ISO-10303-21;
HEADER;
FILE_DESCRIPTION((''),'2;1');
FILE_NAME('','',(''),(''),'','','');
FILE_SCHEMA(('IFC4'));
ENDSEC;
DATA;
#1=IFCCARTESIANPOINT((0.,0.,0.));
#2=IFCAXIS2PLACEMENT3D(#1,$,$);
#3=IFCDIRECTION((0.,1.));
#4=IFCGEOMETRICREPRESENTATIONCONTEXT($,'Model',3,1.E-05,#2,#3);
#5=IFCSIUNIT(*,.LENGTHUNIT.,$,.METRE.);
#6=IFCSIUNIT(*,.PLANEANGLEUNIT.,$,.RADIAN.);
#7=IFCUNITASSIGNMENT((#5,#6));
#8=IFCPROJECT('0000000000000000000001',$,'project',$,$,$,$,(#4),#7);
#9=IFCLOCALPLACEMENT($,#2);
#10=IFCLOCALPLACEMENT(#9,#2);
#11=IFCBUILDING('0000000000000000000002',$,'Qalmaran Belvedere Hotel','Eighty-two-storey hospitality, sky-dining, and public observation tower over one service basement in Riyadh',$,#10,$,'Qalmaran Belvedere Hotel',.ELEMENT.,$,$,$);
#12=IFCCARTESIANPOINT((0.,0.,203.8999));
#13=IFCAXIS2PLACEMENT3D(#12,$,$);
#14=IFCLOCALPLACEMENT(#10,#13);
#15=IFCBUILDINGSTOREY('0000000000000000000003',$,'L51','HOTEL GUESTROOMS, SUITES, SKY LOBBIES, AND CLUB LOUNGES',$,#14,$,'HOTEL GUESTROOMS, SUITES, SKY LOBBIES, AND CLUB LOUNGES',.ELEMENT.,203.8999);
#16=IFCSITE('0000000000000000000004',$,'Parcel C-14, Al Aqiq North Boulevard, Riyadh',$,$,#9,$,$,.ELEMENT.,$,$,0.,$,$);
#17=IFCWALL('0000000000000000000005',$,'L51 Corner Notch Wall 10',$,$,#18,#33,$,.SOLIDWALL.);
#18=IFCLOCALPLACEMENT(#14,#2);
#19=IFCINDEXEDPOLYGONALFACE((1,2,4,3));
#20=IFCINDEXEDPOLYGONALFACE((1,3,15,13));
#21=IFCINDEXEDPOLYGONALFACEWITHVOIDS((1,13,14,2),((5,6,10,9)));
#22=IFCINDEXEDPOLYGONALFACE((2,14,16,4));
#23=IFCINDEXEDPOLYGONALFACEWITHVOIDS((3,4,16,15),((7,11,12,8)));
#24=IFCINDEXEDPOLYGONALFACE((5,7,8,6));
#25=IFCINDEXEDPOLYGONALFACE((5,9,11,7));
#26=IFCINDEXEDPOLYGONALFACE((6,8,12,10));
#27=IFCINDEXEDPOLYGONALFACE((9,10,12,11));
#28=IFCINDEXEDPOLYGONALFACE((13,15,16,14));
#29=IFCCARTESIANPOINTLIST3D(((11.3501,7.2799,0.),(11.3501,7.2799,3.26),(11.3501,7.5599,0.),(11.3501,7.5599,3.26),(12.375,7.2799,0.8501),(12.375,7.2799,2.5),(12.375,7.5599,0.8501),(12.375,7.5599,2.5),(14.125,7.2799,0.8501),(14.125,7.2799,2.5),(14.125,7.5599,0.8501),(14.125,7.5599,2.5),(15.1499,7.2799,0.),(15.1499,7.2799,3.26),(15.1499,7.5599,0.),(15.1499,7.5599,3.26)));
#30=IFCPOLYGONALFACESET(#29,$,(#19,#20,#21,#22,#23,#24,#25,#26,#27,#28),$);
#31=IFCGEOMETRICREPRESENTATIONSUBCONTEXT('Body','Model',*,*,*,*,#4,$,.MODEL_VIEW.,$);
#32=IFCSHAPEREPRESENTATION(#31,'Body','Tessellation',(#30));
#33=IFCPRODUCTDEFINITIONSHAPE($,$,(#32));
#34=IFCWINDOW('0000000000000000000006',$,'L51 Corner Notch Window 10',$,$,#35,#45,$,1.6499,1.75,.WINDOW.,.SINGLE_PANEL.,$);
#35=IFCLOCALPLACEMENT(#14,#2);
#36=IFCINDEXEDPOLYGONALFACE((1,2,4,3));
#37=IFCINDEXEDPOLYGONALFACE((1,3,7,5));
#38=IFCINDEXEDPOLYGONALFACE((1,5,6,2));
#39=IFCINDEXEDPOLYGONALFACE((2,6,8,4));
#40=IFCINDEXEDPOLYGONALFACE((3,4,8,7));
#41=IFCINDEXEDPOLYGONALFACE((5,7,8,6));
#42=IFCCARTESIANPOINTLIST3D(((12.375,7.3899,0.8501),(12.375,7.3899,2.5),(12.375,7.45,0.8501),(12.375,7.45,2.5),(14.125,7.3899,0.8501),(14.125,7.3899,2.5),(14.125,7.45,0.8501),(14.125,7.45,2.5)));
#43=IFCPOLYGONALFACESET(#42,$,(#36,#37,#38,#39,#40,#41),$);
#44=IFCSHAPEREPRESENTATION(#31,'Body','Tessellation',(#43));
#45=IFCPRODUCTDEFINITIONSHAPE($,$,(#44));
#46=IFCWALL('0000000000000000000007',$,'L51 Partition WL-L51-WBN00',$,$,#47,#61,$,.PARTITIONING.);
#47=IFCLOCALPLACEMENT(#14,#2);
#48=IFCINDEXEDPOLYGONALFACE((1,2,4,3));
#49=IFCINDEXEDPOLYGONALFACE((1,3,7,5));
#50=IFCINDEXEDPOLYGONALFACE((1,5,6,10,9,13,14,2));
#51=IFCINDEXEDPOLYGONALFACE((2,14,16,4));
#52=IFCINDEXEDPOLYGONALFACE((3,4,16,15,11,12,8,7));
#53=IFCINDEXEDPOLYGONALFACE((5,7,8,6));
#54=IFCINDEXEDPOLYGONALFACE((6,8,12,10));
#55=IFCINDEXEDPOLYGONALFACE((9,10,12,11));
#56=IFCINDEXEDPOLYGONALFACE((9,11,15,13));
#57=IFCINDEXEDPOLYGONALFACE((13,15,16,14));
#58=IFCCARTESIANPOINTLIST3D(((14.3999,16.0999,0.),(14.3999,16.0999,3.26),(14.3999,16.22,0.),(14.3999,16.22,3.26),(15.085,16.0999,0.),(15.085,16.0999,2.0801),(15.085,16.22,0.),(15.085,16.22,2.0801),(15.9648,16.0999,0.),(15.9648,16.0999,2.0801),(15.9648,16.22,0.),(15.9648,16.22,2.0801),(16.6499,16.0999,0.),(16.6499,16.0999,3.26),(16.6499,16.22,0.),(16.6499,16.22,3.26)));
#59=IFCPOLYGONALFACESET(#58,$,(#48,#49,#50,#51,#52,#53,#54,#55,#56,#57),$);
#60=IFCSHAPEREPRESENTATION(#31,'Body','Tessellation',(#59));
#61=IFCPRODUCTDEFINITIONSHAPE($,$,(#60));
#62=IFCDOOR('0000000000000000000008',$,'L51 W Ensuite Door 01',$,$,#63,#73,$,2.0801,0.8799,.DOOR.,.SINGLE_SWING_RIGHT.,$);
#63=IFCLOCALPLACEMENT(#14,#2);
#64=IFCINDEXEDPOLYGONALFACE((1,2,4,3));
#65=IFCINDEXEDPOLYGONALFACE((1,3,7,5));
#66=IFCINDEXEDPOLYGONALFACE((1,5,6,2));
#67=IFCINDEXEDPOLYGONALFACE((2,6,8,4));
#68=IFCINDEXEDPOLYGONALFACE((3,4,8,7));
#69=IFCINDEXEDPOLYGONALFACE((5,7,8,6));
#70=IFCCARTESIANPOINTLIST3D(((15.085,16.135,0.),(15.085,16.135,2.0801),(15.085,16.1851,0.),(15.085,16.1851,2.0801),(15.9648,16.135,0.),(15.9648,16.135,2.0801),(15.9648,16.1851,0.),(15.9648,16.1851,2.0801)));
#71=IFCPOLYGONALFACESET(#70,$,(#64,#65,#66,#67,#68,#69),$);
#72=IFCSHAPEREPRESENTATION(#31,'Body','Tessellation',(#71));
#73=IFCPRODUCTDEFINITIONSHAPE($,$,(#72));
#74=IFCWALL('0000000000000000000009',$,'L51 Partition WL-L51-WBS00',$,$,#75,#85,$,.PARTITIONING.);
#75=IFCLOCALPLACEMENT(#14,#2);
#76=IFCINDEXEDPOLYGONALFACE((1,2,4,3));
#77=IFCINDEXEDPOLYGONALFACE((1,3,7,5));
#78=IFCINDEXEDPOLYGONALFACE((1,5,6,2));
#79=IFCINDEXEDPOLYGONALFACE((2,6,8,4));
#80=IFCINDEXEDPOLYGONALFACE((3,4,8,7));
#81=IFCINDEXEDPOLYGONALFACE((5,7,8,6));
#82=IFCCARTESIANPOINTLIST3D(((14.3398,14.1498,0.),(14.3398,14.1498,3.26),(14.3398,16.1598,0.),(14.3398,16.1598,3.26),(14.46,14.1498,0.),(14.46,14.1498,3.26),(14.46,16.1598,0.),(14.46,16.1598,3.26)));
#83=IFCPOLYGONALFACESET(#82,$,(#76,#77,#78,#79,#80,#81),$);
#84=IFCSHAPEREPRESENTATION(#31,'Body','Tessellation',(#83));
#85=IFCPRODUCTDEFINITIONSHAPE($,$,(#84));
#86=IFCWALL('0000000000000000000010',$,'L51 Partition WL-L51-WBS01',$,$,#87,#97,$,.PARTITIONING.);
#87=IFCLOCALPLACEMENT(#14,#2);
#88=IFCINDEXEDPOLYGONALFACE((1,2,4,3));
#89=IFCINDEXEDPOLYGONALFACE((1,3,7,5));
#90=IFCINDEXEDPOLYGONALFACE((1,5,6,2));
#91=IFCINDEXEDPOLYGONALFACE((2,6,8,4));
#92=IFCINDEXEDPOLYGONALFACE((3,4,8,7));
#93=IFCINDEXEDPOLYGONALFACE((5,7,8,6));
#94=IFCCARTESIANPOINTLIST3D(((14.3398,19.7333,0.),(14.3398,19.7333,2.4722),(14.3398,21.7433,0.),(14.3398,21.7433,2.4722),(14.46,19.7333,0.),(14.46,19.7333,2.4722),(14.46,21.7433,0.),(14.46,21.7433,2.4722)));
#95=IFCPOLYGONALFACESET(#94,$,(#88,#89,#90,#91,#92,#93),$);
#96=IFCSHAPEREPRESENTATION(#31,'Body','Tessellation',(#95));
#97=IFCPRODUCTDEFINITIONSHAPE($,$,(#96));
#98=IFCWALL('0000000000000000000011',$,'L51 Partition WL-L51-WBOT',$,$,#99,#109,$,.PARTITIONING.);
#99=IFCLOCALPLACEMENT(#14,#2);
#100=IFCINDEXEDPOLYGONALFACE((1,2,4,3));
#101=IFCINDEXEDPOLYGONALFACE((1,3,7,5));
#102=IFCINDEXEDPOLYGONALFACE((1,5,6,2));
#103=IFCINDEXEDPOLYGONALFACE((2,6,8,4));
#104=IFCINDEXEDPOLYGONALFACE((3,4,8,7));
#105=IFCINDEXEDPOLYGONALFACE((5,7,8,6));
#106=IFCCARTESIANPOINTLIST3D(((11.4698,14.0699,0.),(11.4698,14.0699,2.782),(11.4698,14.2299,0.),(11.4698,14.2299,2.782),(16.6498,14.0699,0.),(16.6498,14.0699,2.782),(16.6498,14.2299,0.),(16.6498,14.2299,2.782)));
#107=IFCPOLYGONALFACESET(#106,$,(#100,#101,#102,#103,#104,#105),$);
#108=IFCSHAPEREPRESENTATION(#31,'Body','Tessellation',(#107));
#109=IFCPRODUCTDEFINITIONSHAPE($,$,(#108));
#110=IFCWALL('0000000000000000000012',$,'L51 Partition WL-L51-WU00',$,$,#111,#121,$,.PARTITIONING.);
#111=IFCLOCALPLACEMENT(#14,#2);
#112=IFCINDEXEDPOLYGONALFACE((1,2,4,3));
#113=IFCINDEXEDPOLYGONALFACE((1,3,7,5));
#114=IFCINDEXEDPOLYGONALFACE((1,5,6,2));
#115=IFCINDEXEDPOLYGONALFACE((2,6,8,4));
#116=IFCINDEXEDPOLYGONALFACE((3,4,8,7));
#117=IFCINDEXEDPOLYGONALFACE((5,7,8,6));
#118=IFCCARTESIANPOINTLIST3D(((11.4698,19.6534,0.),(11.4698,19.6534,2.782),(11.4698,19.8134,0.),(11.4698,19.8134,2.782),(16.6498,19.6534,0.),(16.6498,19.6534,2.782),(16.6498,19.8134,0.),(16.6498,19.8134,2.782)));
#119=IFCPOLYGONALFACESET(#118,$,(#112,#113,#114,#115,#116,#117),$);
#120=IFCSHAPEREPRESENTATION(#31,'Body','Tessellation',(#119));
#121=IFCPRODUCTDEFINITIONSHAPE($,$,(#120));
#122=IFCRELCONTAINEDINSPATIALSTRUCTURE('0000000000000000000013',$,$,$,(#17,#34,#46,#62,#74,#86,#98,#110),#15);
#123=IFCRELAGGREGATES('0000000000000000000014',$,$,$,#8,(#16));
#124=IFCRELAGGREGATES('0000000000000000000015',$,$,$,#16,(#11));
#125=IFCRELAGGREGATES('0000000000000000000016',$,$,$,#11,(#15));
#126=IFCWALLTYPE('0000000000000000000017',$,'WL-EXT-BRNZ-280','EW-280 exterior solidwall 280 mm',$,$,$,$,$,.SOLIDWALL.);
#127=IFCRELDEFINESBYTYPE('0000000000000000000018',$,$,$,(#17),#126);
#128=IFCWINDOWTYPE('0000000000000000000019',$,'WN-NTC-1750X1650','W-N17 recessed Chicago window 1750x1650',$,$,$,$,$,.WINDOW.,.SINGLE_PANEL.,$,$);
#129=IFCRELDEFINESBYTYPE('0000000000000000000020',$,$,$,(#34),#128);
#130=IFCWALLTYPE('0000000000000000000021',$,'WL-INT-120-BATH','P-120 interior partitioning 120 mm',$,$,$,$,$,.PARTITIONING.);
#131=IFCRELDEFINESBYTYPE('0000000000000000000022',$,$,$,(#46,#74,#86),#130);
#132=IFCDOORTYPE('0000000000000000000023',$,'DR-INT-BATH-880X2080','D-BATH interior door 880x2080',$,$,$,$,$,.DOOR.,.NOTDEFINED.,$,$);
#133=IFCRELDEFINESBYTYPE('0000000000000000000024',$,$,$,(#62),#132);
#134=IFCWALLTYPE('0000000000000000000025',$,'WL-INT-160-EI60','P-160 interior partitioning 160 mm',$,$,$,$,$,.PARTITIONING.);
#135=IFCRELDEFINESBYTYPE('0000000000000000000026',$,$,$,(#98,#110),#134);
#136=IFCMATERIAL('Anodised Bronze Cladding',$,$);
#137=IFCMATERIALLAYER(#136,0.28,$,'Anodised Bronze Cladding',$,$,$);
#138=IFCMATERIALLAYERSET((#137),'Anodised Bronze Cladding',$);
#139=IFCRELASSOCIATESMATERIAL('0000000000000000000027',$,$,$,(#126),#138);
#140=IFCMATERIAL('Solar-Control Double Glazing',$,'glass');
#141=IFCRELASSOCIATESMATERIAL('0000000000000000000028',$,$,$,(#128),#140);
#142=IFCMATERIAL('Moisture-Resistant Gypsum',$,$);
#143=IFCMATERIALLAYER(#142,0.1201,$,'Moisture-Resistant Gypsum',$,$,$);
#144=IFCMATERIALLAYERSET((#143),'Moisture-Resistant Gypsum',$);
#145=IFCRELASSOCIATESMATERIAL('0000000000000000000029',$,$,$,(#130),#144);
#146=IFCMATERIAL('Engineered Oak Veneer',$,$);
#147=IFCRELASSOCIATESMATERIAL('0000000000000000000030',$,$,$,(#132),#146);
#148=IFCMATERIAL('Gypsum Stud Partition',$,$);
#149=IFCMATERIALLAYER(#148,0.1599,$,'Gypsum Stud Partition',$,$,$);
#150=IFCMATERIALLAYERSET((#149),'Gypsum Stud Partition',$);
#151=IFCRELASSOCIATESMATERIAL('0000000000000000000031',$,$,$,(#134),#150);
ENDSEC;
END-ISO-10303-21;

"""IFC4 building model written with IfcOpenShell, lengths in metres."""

from ifc_helpers import new_model, si_unit, direction, frame, frame_2d, origin, place, context, subcontext, project, spatial, rectangle, extrude, material, layer, layer_set, type_object, element, fill, save


model = new_model("IFC4")

# Units and contexts
model_context = context("Model", 3, precision=1e-05, world=origin(), true_north=direction((0.0, 1.0)))
body_context = subcontext(model_context, "Body", "Model", "MODEL_VIEW")
ifc_project = project(units=[si_unit("LENGTHUNIT", "METRE"), si_unit("PLANEANGLEUNIT", "RADIAN")], contexts=[model_context])

# Site, building, storey
site_placement = place(None, origin())
site = spatial("IfcSite", under=ifc_project, at=site_placement, Name="Parcel C-14, Al Aqiq North Boulevard, Riyadh", CompositionType="ELEMENT", RefElevation=0.0)
building_placement = place(site_placement, origin())
building = spatial("IfcBuilding", under=site, at=building_placement, Name="Qalmaran Belvedere Hotel", Description="Eighty-two-storey hospitality, sky-dining, and public observation tower over one service basement in Riyadh", LongName="Qalmaran Belvedere Hotel", CompositionType="ELEMENT")
storey_placement = place(building_placement, frame((0.0, 0.0, 203.8999)))
storey = spatial("IfcBuildingStorey", under=building, at=storey_placement, Name="L51", Description="HOTEL GUESTROOMS, SUITES, SKY LOBBIES, AND CLUB LOUNGES", LongName="HOTEL GUESTROOMS, SUITES, SKY LOBBIES, AND CLUB LOUNGES", CompositionType="ELEMENT", Elevation=203.8999)

# Shared definitions
ifc_material_1 = material(Name="Solar-Control Double Glazing", Category="glass")

# Wall, opening, window
ifc_material_2 = material(Name="Anodised Bronze Cladding")
ifc_layer_1 = layer(ifc_material_2, 0.28, Name="Anodised Bronze Cladding")
ifc_layer_set_1 = layer_set([ifc_layer_1], Name="Anodised Bronze Cladding")
wall_type_1 = type_object("IfcWallType", Name="WL-EXT-BRNZ-280", Description="EW-280 exterior solidwall 280 mm", PredefinedType="SOLIDWALL", material=ifc_layer_set_1)
wall_1_placement = place(storey_placement, frame((11.3501, 7.4199, 0.0), z_axis=(0.0, 0.0, 1.0), x_axis=(1.0, 0.0, 0.0)))
wall_1 = element("IfcWall", 1, at=wall_1_placement, inside=storey, type_object=wall_type_1, Name="L51 Corner Notch Wall 10", PredefinedType="SOLIDWALL", context=body_context, shape_type="SweptSolid", body=[
    extrude(rectangle(XDim=3.7998, YDim=0.28, at=frame_2d((1.8999, 0.0))), origin(), (0.0, 0.0, 1.0), 3.26),
])
opening_1_placement = place(wall_1_placement, frame((1.0249, 0.0, 0.8501)))
opening_1 = element("IfcOpeningElement", 2, at=opening_1_placement, cuts=wall_1, PredefinedType="OPENING", context=body_context, shape_type="SweptSolid", body=[
    extrude(rectangle(XDim=1.75, YDim=1.6499, at=frame_2d((0.875, 0.825))), frame((0.0, 0.1499, 0.0), z_axis=(0.0, -1.0, 0.0), x_axis=(1.0, 0.0, 0.0)), (0.0, 0.0, 1.0), 0.3),
])
window_type = type_object("IfcWindowType", Name="WN-NTC-1750X1650", Description="W-N17 recessed Chicago window 1750x1650", PartitioningType="SINGLE_PANEL", PredefinedType="WINDOW", material=ifc_material_1)
window_placement = place(opening_1_placement, origin())
window = element("IfcWindow", 3, at=window_placement, inside=storey, type_object=window_type, Name="L51 Corner Notch Window 10", OverallHeight=1.6499, OverallWidth=1.75, PartitioningType="SINGLE_PANEL", PredefinedType="WINDOW", context=body_context, shape_type="SweptSolid", body=[
    extrude(rectangle(XDim=1.75, YDim=1.6499, at=frame_2d((0.875, 0.825))), frame((0.0, 0.03, 0.0), z_axis=(0.0, -1.0, 0.0), x_axis=(1.0, 0.0, 0.0)), (0.0, 0.0, 1.0), 0.0601),
])
fill(opening_1, window)

# Wall, opening, door
ifc_material_3 = material(Name="Moisture-Resistant Gypsum")
ifc_layer_2 = layer(ifc_material_3, 0.1201, Name="Moisture-Resistant Gypsum")
ifc_layer_set_2 = layer_set([ifc_layer_2], Name="Moisture-Resistant Gypsum")
wall_type_2 = type_object("IfcWallType", Name="WL-INT-120-BATH", Description="P-120 interior partitioning 120 mm", PredefinedType="PARTITIONING", material=ifc_layer_set_2)
wall_2_placement = place(storey_placement, frame((14.3999, 16.1599, 0.0), z_axis=(0.0, 0.0, 1.0), x_axis=(1.0, 0.0, 0.0)))
wall_2 = element("IfcWall", 4, at=wall_2_placement, inside=storey, type_object=wall_type_2, Name="L51 Partition WL-L51-WBN00", PredefinedType="PARTITIONING", context=body_context, shape_type="SweptSolid", body=[
    extrude(rectangle(XDim=2.25, YDim=0.1201, at=frame_2d((1.125, 0.0))), origin(), (0.0, 0.0, 1.0), 3.26),
])
opening_2_placement = place(wall_2_placement, frame((1.5649, 0.0, 0.0), z_axis=(0.0, 0.0, 1.0), x_axis=(-1.0, 0.0, 0.0)))
opening_2 = element("IfcOpeningElement", 5, at=opening_2_placement, cuts=wall_2, PredefinedType="OPENING", context=body_context, shape_type="SweptSolid", body=[
    extrude(rectangle(XDim=0.8799, YDim=2.0801, at=frame_2d((0.4399, 1.04))), frame((0.0, 0.0701, 0.0), z_axis=(0.0, -1.0, 0.0), x_axis=(1.0, 0.0, 0.0)), (0.0, 0.0, 1.0), 0.1401),
])
ifc_material_4 = material(Name="Engineered Oak Veneer")
door_type = type_object("IfcDoorType", Name="DR-INT-BATH-880X2080", Description="D-BATH interior door 880x2080", OperationType="NOTDEFINED", PredefinedType="DOOR", material=ifc_material_4)
door_placement = place(opening_2_placement, origin())
door = element("IfcDoor", 6, at=door_placement, inside=storey, type_object=door_type, Name="L51 W Ensuite Door 01", OperationType="SINGLE_SWING_RIGHT", OverallHeight=2.0801, OverallWidth=0.8799, PredefinedType="DOOR", context=body_context, shape_type="SweptSolid", body=[
    extrude(rectangle(XDim=0.8799, YDim=2.0801, at=frame_2d((0.4399, 1.04))), frame((0.0, 0.0249, 0.0), z_axis=(0.0, -1.0, 0.0), x_axis=(1.0, 0.0, 0.0)), (0.0, 0.0, 1.0), 0.05),
])
fill(opening_2, door)

# Walls
wall_3_placement = place(storey_placement, frame((14.3999, 14.1499, 0.0), z_axis=(0.0, 0.0, 1.0), x_axis=(0.0, 1.0, 0.0)))
element("IfcWall", 7, at=wall_3_placement, inside=storey, type_object=wall_type_2, Name="L51 Partition WL-L51-WBS00", PredefinedType="PARTITIONING", context=body_context, shape_type="SweptSolid", body=[
    extrude(rectangle(XDim=2.01, YDim=0.1201, at=frame_2d((1.0049, 0.0))), origin(), (0.0, 0.0, 1.0), 3.26),
])
wall_4_placement = place(storey_placement, frame((14.3999, 19.7334, 0.0), z_axis=(0.0, 0.0, 1.0), x_axis=(0.0, 1.0, 0.0)))
element("IfcWall", 8, at=wall_4_placement, inside=storey, type_object=wall_type_2, Name="L51 Partition WL-L51-WBS01", PredefinedType="PARTITIONING", context=body_context, shape_type="SweptSolid", body=[
    extrude(rectangle(XDim=2.01, YDim=0.1201, at=frame_2d((1.0049, 0.0))), origin(), (0.0, 0.0, 1.0), 2.4722),
])
ifc_material_5 = material(Name="Gypsum Stud Partition")
ifc_layer_3 = layer(ifc_material_5, 0.1599, Name="Gypsum Stud Partition")
ifc_layer_set_3 = layer_set([ifc_layer_3], Name="Gypsum Stud Partition")
wall_type_3 = type_object("IfcWallType", Name="WL-INT-160-EI60", Description="P-160 interior partitioning 160 mm", PredefinedType="PARTITIONING", material=ifc_layer_set_3)
for number, where, z_axis, x_axis, name in (
    (9, (11.47, 14.1499, 0.0), (0.0, 0.0, 1.0), (1.0, 0.0, 0.0), "L51 Partition WL-L51-WBOT"),
    (10, (11.47, 19.7334, 0.0), (0.0, 0.0, 1.0), (1.0, 0.0, 0.0), "L51 Partition WL-L51-WU00"),
):
    element("IfcWall", number, at=place(storey_placement, frame(where, z_axis=z_axis, x_axis=x_axis)), inside=storey, type_object=wall_type_3, Name=name, PredefinedType="PARTITIONING", context=body_context, shape_type="SweptSolid", body=[
        extrude(rectangle(XDim=5.1799, YDim=0.1599, at=frame_2d((2.5898, 0.0))), origin(), (0.0, 0.0, 1.0), 2.782),
    ])

save(model, "model.ifc")
